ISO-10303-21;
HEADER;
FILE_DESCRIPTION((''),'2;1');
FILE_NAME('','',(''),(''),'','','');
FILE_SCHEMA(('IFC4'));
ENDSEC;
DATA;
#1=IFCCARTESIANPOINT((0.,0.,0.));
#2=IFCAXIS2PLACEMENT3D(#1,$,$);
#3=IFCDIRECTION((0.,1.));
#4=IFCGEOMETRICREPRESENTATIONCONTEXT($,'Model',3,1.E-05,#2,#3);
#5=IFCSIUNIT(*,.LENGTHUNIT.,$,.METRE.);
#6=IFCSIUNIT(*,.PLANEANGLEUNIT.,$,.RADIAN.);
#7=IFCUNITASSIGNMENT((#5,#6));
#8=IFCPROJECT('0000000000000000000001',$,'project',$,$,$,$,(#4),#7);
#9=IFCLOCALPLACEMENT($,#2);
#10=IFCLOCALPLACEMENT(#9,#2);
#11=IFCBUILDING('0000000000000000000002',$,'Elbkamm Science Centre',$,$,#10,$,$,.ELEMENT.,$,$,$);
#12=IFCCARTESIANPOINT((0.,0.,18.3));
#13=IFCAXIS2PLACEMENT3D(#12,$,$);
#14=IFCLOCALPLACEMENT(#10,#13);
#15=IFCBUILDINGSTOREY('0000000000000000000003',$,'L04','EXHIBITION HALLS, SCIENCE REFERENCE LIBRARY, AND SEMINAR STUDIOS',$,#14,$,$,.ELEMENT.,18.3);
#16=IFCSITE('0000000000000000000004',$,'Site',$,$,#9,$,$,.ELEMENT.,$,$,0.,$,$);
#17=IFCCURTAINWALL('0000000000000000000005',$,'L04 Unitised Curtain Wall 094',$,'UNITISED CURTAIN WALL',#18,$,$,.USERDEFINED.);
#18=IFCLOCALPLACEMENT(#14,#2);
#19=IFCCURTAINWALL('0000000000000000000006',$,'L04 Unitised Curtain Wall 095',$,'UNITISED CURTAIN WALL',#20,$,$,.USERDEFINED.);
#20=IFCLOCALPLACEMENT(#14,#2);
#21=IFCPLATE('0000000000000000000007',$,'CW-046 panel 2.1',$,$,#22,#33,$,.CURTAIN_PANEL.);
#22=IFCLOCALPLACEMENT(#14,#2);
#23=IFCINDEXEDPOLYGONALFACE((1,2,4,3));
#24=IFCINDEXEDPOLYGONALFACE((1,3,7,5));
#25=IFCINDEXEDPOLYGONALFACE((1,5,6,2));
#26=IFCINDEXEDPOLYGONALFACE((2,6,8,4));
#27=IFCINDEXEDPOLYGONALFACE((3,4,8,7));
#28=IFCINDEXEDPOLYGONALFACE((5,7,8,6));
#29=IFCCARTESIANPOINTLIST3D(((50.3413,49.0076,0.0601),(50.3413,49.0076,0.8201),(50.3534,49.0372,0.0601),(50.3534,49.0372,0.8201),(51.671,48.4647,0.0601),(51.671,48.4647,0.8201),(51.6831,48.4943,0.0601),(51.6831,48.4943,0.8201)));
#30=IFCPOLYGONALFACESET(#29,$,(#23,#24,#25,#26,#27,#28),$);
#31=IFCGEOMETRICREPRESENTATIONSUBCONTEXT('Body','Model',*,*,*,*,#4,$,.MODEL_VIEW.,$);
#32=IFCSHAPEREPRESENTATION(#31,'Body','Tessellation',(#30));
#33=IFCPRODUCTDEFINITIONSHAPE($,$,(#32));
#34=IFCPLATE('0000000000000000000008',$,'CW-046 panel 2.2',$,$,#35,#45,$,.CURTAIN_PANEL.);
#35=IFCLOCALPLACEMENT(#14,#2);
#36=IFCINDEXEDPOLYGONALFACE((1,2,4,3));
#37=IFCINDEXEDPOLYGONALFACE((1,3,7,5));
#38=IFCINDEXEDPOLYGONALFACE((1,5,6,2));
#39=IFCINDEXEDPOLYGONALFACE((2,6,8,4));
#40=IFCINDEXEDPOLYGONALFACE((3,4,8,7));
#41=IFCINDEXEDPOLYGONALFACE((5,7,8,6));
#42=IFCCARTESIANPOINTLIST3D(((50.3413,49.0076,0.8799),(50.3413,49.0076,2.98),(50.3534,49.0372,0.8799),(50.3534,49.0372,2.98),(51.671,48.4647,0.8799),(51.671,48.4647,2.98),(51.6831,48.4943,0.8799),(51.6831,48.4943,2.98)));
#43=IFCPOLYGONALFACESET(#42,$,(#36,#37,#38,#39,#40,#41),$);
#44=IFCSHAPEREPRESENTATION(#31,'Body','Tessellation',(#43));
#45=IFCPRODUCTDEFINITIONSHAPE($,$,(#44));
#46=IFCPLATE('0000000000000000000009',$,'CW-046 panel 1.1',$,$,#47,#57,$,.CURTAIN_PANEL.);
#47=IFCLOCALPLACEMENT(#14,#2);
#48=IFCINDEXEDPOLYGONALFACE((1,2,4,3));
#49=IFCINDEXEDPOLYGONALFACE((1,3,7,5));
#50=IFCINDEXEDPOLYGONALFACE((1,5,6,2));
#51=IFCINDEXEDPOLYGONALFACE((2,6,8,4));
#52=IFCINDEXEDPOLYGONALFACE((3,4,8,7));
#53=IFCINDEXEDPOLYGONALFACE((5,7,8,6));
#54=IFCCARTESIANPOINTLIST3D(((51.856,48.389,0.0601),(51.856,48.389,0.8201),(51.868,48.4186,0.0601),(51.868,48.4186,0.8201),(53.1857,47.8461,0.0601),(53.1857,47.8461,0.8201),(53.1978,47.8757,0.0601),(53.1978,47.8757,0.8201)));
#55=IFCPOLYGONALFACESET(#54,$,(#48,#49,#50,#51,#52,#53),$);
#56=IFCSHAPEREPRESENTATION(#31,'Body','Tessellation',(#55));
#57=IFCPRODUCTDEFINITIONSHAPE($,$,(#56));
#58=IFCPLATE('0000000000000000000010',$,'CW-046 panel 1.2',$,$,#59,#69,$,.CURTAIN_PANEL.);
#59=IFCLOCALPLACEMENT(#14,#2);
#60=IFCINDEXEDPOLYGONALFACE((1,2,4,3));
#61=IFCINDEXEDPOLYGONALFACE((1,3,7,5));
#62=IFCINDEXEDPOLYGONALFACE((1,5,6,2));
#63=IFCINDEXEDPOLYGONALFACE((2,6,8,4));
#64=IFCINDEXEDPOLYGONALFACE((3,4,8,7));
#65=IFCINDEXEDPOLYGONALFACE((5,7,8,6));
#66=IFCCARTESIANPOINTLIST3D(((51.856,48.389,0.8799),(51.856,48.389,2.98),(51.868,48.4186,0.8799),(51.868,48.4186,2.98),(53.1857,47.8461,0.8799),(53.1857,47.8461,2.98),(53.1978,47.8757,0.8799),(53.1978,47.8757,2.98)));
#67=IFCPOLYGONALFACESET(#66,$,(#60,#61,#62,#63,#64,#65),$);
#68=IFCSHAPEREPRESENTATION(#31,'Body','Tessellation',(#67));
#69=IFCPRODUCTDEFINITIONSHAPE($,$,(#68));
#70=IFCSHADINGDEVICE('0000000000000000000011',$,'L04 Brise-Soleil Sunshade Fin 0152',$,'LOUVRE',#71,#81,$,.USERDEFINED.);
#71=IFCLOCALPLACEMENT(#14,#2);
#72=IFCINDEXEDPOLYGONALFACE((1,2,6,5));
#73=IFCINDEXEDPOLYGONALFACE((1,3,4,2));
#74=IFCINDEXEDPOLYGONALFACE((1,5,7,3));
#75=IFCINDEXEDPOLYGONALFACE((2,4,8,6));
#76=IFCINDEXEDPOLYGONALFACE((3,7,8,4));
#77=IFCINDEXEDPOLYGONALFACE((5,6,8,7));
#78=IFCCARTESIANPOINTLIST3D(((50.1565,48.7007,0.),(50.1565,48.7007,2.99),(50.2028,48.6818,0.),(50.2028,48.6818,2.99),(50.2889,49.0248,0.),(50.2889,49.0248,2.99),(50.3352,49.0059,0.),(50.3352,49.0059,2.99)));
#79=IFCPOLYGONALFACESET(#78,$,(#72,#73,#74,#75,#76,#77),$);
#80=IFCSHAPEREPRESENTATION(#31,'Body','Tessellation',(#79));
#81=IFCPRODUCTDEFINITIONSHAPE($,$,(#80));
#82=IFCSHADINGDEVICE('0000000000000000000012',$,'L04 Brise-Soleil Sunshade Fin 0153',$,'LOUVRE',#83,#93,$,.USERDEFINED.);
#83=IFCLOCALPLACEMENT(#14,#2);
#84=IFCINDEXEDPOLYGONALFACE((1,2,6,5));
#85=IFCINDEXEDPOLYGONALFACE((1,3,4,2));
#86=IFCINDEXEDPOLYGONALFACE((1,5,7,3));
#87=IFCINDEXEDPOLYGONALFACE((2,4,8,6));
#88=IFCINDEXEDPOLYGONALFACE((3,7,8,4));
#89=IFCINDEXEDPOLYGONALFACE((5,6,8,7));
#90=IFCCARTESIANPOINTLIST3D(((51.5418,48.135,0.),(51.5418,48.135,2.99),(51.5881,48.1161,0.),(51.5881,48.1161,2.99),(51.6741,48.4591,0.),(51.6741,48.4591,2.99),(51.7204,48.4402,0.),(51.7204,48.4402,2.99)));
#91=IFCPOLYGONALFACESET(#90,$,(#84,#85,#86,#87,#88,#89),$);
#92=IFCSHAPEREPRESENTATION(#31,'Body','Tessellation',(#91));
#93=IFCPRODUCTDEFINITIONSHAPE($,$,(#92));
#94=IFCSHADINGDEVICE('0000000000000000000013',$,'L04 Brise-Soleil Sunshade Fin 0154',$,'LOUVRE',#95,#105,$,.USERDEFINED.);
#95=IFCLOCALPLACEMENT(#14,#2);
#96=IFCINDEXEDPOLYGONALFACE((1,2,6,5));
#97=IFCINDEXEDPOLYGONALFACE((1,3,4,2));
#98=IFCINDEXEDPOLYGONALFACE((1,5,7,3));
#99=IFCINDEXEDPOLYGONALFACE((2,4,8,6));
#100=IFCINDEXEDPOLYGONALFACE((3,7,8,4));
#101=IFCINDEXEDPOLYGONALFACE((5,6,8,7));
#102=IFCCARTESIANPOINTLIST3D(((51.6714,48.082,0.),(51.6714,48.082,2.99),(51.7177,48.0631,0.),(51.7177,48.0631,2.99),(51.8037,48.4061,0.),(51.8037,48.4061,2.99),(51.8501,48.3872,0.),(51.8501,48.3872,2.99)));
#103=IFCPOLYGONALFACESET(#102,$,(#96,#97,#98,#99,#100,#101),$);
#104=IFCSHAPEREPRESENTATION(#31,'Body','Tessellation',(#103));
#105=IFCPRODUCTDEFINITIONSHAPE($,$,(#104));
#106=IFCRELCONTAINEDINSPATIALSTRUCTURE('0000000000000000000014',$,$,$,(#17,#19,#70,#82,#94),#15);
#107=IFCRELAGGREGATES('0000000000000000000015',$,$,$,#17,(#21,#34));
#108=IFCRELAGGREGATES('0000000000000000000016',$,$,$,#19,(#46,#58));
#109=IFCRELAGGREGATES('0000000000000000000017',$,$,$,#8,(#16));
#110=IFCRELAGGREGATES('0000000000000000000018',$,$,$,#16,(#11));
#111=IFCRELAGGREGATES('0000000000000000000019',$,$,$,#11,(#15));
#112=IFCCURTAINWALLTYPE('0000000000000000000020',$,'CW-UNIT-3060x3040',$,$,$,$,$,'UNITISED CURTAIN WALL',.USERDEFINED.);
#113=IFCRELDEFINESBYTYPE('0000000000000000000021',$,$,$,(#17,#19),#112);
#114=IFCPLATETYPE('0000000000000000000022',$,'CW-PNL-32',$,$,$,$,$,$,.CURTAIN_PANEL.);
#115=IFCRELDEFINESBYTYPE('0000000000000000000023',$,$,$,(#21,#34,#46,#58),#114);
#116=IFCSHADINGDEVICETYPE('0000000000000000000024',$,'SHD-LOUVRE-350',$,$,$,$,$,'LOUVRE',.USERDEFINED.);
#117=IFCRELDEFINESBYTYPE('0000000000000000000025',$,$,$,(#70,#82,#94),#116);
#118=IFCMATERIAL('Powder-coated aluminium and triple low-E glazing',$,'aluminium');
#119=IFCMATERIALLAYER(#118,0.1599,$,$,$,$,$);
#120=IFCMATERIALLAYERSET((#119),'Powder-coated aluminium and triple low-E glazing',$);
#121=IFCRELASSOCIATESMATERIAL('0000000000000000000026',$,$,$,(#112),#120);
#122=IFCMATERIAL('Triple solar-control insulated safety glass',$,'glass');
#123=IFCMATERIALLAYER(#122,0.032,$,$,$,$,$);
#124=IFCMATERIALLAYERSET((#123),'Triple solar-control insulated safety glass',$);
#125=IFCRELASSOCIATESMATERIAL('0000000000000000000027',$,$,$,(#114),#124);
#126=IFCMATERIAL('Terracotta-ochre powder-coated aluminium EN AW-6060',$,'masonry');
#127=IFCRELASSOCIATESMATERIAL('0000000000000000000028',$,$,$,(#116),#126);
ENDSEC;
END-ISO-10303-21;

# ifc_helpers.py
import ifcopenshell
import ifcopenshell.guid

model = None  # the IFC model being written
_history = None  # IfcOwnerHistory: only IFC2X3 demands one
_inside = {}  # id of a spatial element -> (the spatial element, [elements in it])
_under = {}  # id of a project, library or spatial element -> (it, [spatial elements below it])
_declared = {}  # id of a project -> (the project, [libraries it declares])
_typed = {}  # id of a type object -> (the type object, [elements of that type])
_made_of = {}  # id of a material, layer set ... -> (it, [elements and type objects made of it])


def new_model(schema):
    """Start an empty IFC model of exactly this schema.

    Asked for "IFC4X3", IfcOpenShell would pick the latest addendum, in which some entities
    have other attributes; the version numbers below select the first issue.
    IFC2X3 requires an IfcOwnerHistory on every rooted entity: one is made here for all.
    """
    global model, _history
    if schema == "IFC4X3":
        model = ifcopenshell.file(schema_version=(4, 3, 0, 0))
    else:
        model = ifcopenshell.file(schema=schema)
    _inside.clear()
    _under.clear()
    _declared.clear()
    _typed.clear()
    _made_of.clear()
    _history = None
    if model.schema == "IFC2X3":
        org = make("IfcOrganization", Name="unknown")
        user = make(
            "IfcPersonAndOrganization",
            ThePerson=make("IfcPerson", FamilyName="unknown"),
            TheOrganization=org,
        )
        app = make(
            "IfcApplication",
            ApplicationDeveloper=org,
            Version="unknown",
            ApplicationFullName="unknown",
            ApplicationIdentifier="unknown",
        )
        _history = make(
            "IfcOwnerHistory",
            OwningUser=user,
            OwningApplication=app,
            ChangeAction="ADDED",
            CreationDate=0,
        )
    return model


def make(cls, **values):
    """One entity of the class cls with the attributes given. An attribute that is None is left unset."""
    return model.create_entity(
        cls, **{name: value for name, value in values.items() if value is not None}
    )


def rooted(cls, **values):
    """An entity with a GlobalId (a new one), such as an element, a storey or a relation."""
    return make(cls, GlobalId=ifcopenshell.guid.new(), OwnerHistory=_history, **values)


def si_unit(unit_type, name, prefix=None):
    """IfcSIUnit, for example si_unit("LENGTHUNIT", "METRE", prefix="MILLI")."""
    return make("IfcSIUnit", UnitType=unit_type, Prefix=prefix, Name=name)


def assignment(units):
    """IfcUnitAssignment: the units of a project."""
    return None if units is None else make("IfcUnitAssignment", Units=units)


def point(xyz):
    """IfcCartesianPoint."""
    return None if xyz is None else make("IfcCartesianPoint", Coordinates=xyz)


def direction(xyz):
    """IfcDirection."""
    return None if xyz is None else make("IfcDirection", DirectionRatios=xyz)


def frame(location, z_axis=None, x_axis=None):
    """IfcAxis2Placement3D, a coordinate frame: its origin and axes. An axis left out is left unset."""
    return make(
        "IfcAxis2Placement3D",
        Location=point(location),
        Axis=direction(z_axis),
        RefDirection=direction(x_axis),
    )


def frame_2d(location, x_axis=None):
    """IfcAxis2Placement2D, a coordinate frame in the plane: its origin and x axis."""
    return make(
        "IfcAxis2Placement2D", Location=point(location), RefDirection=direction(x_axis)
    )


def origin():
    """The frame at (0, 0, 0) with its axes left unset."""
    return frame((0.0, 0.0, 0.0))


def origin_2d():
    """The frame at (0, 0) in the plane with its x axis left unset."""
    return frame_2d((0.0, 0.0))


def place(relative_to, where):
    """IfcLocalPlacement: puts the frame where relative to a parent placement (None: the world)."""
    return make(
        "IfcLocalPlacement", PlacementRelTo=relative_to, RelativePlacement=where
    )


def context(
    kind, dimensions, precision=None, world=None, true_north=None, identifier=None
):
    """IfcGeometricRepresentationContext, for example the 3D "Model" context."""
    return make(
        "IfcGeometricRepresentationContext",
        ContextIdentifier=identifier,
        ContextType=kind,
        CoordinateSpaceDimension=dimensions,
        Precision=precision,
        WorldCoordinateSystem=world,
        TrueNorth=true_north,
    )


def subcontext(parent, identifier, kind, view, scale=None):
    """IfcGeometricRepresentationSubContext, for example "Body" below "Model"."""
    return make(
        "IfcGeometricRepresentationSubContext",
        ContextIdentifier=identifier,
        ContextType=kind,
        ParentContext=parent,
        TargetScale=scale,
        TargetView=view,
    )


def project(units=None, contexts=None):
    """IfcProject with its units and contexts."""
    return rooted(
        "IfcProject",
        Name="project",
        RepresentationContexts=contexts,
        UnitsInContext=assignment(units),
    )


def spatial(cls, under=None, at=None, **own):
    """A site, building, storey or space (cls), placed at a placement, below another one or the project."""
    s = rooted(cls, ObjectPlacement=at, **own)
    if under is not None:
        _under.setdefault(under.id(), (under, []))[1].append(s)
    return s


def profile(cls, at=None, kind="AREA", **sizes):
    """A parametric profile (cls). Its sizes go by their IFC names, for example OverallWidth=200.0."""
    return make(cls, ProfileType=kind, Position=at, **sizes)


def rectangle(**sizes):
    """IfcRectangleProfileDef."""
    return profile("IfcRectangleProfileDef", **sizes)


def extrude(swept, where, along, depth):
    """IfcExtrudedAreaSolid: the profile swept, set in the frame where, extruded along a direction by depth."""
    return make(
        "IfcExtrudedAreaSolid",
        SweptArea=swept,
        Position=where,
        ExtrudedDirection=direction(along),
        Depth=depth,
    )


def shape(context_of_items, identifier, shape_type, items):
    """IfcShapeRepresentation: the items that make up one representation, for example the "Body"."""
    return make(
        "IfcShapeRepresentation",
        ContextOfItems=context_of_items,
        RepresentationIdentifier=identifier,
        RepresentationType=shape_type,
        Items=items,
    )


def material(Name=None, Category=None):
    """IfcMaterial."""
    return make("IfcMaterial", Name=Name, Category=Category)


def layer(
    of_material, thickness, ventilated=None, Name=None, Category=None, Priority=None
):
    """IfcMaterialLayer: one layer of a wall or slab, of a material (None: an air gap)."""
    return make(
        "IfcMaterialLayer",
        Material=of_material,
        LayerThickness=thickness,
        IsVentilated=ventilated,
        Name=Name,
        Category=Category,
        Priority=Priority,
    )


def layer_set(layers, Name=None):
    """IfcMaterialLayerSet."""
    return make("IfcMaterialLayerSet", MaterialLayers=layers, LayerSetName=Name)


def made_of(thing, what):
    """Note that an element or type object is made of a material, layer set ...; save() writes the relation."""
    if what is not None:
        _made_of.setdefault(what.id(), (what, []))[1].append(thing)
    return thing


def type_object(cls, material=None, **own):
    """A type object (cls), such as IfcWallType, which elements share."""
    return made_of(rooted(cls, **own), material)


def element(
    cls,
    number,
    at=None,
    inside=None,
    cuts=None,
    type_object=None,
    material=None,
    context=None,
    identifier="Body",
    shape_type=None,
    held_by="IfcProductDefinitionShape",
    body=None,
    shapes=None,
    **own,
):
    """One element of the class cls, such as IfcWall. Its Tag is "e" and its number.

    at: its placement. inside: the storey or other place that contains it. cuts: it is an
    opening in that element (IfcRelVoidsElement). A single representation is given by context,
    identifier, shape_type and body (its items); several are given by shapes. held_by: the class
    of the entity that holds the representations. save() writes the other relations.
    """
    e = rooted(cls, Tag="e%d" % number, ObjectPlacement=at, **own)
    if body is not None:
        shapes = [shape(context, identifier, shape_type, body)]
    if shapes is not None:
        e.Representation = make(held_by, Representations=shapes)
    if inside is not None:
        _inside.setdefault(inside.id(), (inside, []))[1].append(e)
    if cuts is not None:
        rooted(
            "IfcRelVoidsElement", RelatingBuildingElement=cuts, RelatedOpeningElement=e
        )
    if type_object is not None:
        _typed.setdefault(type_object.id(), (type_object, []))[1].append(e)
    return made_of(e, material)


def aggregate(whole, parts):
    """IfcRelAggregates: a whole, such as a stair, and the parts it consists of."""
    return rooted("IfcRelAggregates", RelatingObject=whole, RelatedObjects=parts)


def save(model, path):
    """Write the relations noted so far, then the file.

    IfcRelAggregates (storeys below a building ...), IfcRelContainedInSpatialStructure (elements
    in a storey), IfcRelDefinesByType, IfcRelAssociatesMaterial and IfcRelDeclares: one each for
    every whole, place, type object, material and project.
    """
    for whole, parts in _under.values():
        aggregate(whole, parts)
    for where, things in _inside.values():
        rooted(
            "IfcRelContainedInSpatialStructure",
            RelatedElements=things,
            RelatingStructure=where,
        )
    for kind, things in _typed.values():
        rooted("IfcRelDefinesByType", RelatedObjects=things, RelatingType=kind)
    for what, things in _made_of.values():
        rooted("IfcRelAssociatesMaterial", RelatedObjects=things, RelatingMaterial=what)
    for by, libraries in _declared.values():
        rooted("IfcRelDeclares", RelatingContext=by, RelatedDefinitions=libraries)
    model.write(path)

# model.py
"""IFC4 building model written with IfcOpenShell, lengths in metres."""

from ifc_helpers import new_model, si_unit, direction, frame, origin, origin_2d, place, context, subcontext, project, spatial, rectangle, extrude, material, layer, layer_set, type_object, element, aggregate, save


model = new_model("IFC4")

# Units and contexts
model_context = context("Model", 3, precision=1e-05, world=origin(), true_north=direction((0.0, 1.0)))
body_context = subcontext(model_context, "Body", "Model", "MODEL_VIEW")
ifc_project = project(units=[si_unit("LENGTHUNIT", "METRE"), si_unit("PLANEANGLEUNIT", "RADIAN")], contexts=[model_context])

# Site, building, storey
site_placement = place(None, origin())
site = spatial("IfcSite", under=ifc_project, at=site_placement, Name="Site", CompositionType="ELEMENT", RefElevation=0.0)
building_placement = place(site_placement, origin())
building = spatial("IfcBuilding", under=site, at=building_placement, Name="Elbkamm Science Centre", CompositionType="ELEMENT")
storey_placement = place(building_placement, frame((0.0, 0.0, 18.3)))
storey = spatial("IfcBuildingStorey", under=building, at=storey_placement, Name="L04", Description="EXHIBITION HALLS, SCIENCE REFERENCE LIBRARY, AND SEMINAR STUDIOS", CompositionType="ELEMENT", Elevation=18.3)

# Curtain wall
ifc_material_1 = material(Name="Powder-coated aluminium and triple low-E glazing", Category="aluminium")
ifc_layer_1 = layer(ifc_material_1, 0.1599)
ifc_layer_set_1 = layer_set([ifc_layer_1], Name="Powder-coated aluminium and triple low-E glazing")
curtain_wall_type = type_object("IfcCurtainWallType", Name="CW-UNIT-3060x3040", ElementType="UNITISED CURTAIN WALL", PredefinedType="USERDEFINED", material=ifc_layer_set_1)
curtain_wall_1_placement = place(storey_placement, origin())
curtain_wall_1 = element("IfcCurtainWall", 1, at=curtain_wall_1_placement, inside=storey, type_object=curtain_wall_type, Name="L04 Unitised Curtain Wall 094", ObjectType="UNITISED CURTAIN WALL", PredefinedType="USERDEFINED")

# Curtain wall
curtain_wall_2_placement = place(storey_placement, origin())
curtain_wall_2 = element("IfcCurtainWall", 2, at=curtain_wall_2_placement, inside=storey, type_object=curtain_wall_type, Name="L04 Unitised Curtain Wall 095", ObjectType="UNITISED CURTAIN WALL", PredefinedType="USERDEFINED")

# Plates
ifc_material_2 = material(Name="Triple solar-control insulated safety glass", Category="glass")
ifc_layer_2 = layer(ifc_material_2, 0.032)
ifc_layer_set_2 = layer_set([ifc_layer_2], Name="Triple solar-control insulated safety glass")
plate_type = type_object("IfcPlateType", Name="CW-PNL-32", PredefinedType="CURTAIN_PANEL", material=ifc_layer_set_2)
plate_1_placement = place(storey_placement, frame((51.0122, 48.751, 0.0601), z_axis=(0.0, 0.0, 1.0), x_axis=(0.925805, -0.378001, 0.0)))
plate_1 = element("IfcPlate", 3, at=plate_1_placement, type_object=plate_type, Name="CW-046 panel 2.1", PredefinedType="CURTAIN_PANEL", context=body_context, shape_type="SweptSolid", body=[
    extrude(rectangle(XDim=1.4363, YDim=0.032, at=origin_2d()), origin(), (0.0, 0.0, 1.0), 0.76),
])
plate_2_placement = place(storey_placement, frame((51.0122, 48.751, 0.8799), z_axis=(0.0, 0.0, 1.0), x_axis=(0.925805, -0.378001, 0.0)))
plate_2 = element("IfcPlate", 4, at=plate_2_placement, type_object=plate_type, Name="CW-046 panel 2.2", PredefinedType="CURTAIN_PANEL", context=body_context, shape_type="SweptSolid", body=[
    extrude(rectangle(XDim=1.4363, YDim=0.032, at=origin_2d()), origin(), (0.0, 0.0, 1.0), 2.1001),
])
aggregate(curtain_wall_1, [plate_1, plate_2])
plate_3_placement = place(storey_placement, frame((52.5269, 48.1323, 0.0601), z_axis=(0.0, 0.0, 1.0), x_axis=(0.925805, -0.378001, 0.0)))
plate_3 = element("IfcPlate", 5, at=plate_3_placement, type_object=plate_type, Name="CW-046 panel 1.1", PredefinedType="CURTAIN_PANEL", context=body_context, shape_type="SweptSolid", body=[
    extrude(rectangle(XDim=1.4363, YDim=0.032, at=origin_2d()), origin(), (0.0, 0.0, 1.0), 0.76),
])
plate_4_placement = place(storey_placement, frame((52.5269, 48.1323, 0.8799), z_axis=(0.0, 0.0, 1.0), x_axis=(0.925805, -0.378001, 0.0)))
plate_4 = element("IfcPlate", 6, at=plate_4_placement, type_object=plate_type, Name="CW-046 panel 1.2", PredefinedType="CURTAIN_PANEL", context=body_context, shape_type="SweptSolid", body=[
    extrude(rectangle(XDim=1.4363, YDim=0.032, at=origin_2d()), origin(), (0.0, 0.0, 1.0), 2.1001),
])
aggregate(curtain_wall_2, [plate_3, plate_4])

# Shading devices
ifc_material_3 = material(Name="Terracotta-ochre powder-coated aluminium EN AW-6060", Category="masonry")
shading_device_type = type_object("IfcShadingDeviceType", Name="SHD-LOUVRE-350", ElementType="LOUVRE", PredefinedType="USERDEFINED", material=ifc_material_3)
for number, where, z_axis, x_axis, name in (
    (7, (50.2458, 48.8533, 0.0), (0.0, 0.0, 1.0), (-0.378001, -0.925805, 0.0), "L04 Brise-Soleil Sunshade Fin 0152"),
    (8, (51.6311, 48.2876, 0.0), (0.0, 0.0, 1.0), (-0.378001, -0.925805, 0.0), "L04 Brise-Soleil Sunshade Fin 0153"),
    (9, (51.7607, 48.2346, 0.0), (0.0, 0.0, 1.0), (-0.378001, -0.925805, 0.0), "L04 Brise-Soleil Sunshade Fin 0154"),
):
    element("IfcShadingDevice", number, at=place(storey_placement, frame(where, z_axis=z_axis, x_axis=x_axis)), inside=storey, type_object=shading_device_type, Name=name, ObjectType="LOUVRE", PredefinedType="USERDEFINED", context=body_context, shape_type="SweptSolid", body=[
        extrude(rectangle(XDim=0.3501, YDim=0.05, at=origin_2d()), origin(), (0.0, 0.0, 1.0), 2.99),
    ])

save(model, "model.ifc")
